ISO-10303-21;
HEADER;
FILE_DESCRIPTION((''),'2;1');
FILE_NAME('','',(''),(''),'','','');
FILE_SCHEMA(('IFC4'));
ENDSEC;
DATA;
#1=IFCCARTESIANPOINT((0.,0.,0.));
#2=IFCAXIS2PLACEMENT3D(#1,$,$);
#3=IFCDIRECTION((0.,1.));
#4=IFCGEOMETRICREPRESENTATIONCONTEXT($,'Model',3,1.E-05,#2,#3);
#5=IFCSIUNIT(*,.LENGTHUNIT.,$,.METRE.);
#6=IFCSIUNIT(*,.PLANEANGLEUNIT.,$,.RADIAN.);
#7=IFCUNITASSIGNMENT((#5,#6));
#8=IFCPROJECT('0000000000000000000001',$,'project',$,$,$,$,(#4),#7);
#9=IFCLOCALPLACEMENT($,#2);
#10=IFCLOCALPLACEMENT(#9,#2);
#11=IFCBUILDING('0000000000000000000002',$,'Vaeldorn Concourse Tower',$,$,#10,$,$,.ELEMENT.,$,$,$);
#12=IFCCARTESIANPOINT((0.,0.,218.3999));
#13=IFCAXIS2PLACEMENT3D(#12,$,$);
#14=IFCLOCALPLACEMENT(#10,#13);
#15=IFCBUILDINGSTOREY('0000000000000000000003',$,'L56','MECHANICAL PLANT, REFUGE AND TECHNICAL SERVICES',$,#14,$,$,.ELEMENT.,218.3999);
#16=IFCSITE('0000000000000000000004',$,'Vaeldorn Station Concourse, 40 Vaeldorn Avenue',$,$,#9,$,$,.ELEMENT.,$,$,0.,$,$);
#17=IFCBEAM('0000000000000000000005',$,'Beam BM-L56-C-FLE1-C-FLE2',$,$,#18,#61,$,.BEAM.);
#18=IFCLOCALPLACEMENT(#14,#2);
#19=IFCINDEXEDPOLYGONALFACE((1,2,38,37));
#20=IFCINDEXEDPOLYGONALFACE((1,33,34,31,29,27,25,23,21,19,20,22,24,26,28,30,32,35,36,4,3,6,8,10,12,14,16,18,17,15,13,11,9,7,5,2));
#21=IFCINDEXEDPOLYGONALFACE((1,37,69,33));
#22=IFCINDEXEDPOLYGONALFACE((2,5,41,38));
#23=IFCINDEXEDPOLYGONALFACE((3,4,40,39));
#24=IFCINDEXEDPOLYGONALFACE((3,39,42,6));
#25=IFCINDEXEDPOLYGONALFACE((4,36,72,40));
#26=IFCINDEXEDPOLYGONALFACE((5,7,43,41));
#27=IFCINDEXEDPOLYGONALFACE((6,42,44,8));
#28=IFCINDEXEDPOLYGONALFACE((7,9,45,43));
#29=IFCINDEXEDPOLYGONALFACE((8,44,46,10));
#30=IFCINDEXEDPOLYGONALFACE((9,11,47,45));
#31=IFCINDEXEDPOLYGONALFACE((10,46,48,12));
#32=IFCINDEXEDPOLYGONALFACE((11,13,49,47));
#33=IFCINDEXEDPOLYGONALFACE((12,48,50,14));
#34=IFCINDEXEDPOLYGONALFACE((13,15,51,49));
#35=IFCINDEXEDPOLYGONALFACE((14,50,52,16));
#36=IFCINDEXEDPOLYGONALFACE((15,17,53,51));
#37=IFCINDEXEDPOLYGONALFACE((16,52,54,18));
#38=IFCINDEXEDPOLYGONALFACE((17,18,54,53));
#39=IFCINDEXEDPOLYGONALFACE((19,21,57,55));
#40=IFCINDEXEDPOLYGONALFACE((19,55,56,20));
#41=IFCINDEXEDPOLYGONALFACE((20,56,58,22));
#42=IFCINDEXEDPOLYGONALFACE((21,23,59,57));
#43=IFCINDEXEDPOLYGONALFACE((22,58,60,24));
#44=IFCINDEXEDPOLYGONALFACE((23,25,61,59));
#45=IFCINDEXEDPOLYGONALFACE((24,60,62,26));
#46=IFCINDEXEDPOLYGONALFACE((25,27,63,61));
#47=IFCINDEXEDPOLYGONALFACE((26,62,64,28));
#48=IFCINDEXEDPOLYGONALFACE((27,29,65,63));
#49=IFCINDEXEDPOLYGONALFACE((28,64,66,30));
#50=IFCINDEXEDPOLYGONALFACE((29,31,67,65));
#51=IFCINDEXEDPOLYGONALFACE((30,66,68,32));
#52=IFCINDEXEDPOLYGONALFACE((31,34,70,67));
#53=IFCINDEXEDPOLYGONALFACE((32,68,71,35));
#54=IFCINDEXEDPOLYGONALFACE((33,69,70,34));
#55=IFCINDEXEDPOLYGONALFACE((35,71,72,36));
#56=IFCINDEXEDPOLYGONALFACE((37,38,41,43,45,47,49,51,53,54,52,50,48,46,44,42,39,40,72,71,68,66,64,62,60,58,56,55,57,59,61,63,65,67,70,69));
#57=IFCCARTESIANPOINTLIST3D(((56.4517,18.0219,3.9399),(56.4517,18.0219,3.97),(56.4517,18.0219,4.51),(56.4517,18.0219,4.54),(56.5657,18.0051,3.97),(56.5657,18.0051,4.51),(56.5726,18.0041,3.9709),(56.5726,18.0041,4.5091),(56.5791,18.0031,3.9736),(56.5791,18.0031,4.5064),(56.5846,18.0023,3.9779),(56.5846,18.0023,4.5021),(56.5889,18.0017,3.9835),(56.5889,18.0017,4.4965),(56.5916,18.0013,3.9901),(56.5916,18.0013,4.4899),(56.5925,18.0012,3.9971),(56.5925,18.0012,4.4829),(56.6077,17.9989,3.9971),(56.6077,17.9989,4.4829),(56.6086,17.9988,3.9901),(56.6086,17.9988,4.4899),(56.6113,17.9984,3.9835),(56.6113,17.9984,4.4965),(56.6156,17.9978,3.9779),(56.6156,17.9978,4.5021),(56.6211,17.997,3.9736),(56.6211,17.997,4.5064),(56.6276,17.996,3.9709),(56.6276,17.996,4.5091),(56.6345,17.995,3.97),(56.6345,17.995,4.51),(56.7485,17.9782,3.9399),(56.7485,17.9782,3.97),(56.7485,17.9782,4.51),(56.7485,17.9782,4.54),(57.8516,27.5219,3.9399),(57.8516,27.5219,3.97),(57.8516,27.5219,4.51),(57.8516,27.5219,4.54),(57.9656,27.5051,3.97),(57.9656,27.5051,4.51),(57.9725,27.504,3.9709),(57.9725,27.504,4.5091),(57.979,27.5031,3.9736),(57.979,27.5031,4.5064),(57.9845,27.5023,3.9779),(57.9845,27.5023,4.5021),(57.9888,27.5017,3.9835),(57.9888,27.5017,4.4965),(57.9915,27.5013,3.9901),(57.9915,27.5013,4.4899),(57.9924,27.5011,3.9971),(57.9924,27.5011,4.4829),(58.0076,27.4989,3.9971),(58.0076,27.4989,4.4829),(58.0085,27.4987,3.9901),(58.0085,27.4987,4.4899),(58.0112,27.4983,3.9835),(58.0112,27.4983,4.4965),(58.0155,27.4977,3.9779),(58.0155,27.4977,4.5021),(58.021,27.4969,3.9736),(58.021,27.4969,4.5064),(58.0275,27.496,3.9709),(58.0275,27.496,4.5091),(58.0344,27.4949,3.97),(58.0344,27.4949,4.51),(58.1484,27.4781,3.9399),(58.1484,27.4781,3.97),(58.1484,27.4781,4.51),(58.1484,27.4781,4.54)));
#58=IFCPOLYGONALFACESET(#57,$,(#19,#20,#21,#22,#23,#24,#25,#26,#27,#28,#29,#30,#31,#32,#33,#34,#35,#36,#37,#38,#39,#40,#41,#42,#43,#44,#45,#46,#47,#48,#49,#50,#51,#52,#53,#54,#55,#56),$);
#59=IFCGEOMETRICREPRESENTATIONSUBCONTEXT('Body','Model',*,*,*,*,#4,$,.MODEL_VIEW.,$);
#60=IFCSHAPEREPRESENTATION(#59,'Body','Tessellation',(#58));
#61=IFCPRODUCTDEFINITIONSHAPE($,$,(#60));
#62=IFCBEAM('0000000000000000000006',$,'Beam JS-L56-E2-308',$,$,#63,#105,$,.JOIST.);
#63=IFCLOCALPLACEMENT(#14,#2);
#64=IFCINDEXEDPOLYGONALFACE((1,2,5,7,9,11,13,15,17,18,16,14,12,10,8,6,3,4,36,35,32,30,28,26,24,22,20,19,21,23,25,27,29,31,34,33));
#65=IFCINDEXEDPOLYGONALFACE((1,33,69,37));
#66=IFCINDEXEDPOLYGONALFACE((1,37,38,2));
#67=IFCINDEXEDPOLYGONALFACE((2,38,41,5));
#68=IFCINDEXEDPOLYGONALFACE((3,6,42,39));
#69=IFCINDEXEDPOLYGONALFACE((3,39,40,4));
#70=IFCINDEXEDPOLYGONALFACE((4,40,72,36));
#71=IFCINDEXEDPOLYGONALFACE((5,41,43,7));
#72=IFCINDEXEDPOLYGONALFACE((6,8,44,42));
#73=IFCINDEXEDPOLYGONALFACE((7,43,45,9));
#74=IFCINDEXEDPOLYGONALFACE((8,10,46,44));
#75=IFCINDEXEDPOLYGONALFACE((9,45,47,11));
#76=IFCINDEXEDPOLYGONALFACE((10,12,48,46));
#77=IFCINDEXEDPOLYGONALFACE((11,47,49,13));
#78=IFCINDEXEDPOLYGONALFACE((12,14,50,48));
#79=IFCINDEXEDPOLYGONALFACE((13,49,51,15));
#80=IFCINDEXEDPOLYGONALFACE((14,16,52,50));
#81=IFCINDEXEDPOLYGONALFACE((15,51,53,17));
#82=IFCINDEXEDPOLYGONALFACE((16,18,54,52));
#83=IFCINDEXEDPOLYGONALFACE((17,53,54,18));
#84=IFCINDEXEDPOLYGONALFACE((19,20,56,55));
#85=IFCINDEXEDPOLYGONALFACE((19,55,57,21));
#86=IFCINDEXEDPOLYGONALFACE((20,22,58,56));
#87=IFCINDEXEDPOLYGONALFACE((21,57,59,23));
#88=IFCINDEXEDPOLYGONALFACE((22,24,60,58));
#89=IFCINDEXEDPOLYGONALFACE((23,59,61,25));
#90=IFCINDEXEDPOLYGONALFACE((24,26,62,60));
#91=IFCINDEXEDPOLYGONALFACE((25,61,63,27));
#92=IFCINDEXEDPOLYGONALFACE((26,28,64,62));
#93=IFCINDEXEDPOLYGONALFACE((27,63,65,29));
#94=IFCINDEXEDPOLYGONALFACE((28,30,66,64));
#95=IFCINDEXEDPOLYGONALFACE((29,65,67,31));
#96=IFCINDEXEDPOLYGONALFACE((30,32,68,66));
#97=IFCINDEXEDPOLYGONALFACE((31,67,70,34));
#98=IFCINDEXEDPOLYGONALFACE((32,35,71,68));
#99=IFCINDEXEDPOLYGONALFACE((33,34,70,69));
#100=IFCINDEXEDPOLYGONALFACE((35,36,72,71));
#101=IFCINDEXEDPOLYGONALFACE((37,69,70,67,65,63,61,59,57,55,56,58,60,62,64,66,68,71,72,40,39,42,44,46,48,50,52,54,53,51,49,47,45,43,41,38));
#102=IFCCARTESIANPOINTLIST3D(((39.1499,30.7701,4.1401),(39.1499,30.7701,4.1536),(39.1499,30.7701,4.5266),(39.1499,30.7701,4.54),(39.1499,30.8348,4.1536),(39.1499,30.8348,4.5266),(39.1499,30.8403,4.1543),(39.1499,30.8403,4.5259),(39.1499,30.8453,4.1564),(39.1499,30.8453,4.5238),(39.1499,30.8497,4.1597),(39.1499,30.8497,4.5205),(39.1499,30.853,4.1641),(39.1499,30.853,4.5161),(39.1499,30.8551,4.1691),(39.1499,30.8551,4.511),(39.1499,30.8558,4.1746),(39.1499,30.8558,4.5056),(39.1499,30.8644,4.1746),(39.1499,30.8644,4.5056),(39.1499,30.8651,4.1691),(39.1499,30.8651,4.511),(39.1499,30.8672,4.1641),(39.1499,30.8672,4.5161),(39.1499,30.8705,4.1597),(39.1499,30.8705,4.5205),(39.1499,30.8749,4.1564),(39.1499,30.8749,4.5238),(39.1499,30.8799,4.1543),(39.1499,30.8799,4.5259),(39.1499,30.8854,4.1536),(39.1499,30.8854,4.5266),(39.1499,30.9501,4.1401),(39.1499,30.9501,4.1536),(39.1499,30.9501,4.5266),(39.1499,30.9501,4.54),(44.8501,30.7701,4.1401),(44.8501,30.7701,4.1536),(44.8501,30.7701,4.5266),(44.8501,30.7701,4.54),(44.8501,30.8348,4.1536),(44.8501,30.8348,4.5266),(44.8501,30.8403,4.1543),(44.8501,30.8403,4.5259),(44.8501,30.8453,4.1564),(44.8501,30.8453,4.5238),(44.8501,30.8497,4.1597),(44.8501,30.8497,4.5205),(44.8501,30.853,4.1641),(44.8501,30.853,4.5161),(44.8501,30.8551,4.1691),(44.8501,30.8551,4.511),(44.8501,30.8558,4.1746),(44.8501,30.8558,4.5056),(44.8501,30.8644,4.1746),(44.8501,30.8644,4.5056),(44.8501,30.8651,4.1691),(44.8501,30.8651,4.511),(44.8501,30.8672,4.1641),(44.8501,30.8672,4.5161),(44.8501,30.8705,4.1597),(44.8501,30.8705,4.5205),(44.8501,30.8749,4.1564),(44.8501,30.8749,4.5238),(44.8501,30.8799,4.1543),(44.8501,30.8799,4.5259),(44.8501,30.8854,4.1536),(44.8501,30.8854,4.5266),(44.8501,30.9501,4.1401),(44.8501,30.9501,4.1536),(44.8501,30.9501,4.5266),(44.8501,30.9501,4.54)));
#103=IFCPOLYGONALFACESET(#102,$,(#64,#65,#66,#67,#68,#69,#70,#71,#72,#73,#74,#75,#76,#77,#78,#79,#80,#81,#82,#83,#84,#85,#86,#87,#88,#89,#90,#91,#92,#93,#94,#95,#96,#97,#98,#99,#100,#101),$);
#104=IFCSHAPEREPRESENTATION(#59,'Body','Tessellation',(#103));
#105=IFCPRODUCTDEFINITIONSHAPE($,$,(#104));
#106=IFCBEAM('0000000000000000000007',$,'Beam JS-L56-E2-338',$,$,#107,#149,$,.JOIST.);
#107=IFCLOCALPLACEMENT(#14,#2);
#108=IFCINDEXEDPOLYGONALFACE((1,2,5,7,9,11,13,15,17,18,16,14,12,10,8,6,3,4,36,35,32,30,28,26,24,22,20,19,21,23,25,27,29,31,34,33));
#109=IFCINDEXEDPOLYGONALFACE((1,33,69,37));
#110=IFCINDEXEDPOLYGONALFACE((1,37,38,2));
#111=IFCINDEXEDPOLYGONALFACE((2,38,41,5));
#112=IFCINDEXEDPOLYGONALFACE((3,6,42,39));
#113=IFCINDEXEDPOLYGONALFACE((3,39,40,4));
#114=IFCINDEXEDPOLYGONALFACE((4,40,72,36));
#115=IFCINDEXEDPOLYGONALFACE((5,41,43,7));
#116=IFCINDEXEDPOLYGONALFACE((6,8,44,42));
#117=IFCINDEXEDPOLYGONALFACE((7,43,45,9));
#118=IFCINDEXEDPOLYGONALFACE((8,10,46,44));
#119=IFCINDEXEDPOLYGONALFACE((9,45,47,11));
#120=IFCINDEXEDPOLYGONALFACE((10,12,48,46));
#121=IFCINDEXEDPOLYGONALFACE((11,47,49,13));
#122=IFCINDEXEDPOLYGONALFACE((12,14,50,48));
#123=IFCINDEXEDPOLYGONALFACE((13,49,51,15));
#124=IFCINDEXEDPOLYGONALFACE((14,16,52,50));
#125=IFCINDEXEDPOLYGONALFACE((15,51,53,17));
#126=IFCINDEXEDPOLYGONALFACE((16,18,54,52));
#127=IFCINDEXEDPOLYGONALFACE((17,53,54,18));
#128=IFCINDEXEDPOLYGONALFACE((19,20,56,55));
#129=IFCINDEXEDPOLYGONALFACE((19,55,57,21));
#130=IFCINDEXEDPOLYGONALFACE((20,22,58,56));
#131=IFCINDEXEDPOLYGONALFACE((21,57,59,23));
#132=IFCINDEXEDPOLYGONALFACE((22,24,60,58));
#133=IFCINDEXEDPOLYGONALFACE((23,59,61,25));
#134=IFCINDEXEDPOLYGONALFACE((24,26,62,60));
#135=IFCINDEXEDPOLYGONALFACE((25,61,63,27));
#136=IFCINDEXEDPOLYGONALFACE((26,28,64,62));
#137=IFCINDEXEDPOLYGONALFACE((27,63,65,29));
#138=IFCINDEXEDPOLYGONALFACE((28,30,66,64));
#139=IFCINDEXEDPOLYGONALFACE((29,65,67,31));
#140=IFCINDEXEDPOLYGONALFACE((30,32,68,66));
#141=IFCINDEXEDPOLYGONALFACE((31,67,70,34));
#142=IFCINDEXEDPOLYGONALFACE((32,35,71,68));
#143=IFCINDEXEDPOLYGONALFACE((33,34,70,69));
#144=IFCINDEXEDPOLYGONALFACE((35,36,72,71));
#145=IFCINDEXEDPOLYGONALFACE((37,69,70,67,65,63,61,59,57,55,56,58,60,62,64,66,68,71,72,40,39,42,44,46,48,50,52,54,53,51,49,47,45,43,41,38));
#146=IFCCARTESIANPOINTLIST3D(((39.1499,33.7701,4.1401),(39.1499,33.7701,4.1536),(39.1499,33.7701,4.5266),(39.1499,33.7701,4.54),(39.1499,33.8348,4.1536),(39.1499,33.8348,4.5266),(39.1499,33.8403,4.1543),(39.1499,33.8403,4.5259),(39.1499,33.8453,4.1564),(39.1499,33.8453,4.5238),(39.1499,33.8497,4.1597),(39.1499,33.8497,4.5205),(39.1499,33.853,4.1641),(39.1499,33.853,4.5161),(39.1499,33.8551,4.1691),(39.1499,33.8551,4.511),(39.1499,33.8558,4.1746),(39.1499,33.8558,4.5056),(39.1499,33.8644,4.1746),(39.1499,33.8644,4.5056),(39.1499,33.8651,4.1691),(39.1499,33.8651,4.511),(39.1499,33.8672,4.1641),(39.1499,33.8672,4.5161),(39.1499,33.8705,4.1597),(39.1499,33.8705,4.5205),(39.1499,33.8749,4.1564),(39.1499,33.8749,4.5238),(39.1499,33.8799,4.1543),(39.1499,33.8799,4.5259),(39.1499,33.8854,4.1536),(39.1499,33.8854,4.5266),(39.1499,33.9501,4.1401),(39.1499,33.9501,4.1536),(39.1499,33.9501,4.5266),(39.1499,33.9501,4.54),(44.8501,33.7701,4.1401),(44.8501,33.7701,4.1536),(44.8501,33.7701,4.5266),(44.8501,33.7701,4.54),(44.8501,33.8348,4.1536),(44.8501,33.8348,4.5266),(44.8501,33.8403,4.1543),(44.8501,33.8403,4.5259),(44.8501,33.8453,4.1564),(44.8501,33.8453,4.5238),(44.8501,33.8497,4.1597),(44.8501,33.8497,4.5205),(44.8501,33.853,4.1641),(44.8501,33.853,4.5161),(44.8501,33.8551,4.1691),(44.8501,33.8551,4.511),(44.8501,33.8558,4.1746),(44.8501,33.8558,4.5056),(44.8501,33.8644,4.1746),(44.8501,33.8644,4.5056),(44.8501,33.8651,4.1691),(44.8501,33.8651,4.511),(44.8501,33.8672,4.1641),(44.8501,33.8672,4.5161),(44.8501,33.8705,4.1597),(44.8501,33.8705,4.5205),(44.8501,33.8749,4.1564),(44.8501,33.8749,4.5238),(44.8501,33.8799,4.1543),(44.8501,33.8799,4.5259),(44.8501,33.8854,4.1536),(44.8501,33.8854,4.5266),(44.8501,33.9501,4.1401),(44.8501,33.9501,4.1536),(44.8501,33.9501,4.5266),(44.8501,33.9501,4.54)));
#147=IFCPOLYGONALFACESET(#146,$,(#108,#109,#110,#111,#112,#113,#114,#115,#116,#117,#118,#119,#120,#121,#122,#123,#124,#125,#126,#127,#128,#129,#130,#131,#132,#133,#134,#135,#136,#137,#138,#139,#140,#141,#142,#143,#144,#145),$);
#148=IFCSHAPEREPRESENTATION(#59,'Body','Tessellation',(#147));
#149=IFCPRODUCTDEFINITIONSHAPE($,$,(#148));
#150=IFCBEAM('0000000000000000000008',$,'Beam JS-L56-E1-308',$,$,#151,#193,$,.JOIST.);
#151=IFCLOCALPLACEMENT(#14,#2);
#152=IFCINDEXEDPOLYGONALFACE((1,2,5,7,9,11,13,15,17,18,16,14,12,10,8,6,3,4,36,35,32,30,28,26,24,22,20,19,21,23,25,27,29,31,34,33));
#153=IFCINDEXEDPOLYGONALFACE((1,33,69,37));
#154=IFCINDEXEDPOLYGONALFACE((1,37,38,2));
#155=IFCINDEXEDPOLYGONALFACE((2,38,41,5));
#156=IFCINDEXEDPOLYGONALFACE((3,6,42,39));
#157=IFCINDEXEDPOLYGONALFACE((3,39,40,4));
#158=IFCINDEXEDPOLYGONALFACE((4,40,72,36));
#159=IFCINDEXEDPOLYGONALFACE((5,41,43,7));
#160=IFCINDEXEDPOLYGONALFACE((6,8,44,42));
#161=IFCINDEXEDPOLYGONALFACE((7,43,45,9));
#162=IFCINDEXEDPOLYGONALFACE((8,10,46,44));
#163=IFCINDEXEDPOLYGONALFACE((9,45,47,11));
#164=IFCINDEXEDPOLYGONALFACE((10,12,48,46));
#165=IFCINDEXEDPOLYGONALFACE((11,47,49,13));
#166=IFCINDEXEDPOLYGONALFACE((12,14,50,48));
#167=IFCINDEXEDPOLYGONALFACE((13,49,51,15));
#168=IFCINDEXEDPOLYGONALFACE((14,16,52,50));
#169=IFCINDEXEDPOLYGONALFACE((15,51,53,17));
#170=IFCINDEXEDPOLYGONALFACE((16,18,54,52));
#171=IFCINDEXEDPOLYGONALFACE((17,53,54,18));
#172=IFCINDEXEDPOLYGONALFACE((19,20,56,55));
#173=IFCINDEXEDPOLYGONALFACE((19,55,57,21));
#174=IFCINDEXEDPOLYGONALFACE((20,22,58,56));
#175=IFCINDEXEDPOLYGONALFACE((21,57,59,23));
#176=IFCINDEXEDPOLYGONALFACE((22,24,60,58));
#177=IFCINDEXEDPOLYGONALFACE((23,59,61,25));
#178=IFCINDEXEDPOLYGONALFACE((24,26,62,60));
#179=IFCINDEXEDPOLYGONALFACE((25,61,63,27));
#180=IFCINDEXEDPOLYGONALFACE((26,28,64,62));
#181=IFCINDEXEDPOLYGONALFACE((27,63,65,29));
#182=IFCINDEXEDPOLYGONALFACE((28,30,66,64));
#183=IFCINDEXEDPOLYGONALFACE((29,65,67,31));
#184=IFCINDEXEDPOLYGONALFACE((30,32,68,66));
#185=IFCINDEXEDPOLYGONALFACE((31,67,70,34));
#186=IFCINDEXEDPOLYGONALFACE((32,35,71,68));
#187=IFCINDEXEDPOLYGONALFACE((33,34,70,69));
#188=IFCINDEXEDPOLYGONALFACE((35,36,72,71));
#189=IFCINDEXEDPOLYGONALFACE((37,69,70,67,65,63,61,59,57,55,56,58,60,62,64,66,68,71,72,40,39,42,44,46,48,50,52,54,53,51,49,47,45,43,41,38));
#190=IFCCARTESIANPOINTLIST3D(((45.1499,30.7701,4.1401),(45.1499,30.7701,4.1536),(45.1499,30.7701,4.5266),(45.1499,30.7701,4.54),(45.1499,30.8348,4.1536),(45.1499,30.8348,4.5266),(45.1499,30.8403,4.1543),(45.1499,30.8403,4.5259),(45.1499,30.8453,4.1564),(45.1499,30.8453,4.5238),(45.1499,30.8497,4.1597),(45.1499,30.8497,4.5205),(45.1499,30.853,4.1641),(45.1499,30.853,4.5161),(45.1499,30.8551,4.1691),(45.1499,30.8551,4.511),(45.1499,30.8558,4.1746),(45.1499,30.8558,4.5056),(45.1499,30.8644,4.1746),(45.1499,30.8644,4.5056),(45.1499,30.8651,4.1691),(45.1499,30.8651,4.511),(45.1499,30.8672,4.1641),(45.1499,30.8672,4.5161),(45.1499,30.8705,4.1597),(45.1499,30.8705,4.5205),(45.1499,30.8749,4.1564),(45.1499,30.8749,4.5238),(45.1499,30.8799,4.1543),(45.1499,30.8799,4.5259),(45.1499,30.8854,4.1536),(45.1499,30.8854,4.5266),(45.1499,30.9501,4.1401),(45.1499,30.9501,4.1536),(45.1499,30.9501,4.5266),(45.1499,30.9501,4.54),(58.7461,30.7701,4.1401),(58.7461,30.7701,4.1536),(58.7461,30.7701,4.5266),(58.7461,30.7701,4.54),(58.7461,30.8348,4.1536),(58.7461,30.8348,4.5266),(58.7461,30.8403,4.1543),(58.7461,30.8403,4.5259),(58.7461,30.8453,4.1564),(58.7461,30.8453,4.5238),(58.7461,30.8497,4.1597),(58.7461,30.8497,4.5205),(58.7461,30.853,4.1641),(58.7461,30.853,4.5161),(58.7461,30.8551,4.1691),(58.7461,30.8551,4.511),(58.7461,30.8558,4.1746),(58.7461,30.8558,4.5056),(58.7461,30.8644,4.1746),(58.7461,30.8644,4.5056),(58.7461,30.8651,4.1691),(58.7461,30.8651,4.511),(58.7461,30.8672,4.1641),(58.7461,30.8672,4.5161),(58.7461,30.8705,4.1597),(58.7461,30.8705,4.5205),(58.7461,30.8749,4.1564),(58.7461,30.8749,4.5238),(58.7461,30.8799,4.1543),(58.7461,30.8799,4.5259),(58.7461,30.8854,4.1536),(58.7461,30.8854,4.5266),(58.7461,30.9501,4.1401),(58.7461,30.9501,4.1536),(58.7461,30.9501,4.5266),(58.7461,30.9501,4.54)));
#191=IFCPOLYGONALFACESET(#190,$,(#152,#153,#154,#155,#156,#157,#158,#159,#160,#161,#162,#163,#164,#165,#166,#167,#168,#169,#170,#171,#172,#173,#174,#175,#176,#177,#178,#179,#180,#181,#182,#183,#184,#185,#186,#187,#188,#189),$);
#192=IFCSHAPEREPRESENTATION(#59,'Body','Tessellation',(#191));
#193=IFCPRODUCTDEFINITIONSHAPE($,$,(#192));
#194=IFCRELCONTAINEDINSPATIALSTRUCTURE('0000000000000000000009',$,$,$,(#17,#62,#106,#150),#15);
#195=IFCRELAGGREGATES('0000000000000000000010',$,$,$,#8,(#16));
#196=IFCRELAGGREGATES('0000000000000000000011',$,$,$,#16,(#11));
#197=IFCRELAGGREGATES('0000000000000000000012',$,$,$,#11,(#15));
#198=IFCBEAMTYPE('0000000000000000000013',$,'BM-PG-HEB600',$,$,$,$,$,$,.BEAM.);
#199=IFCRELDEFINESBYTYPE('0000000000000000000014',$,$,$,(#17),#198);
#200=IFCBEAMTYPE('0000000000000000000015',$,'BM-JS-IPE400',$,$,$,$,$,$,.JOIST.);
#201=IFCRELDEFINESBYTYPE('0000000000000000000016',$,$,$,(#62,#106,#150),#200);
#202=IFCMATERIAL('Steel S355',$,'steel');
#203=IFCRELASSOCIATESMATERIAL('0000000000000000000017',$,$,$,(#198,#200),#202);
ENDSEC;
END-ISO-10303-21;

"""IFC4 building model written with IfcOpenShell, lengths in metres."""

from ifc_helpers import new_model, si_unit, direction, frame, origin, origin_2d, place, context, subcontext, project, spatial, i_section, extrude, source, transform, mapped, material, material_profile, profile_set, type_object, element, save


model = new_model("IFC4")

# Units and contexts
model_context = context("Model", 3, precision=1e-05, world=origin(), true_north=direction((0.0, 1.0)))
body_context = subcontext(model_context, "Body", "Model", "MODEL_VIEW")
ifc_project = project(units=[si_unit("LENGTHUNIT", "METRE"), si_unit("PLANEANGLEUNIT", "RADIAN")], contexts=[model_context])

# Site, building, storey
site_placement = place(None, origin())
site = spatial("IfcSite", under=ifc_project, at=site_placement, Name="Vaeldorn Station Concourse, 40 Vaeldorn Avenue", CompositionType="ELEMENT", RefElevation=0.0)
building_placement = place(site_placement, origin())
building = spatial("IfcBuilding", under=site, at=building_placement, Name="Vaeldorn Concourse Tower", CompositionType="ELEMENT")
storey_placement = place(building_placement, frame((0.0, 0.0, 218.3999)))
storey = spatial("IfcBuildingStorey", under=building, at=storey_placement, Name="L56", Description="MECHANICAL PLANT, REFUGE AND TECHNICAL SERVICES", CompositionType="ELEMENT", Elevation=218.3999)

# Shared definitions
ifc_material_1 = material(Name="Steel S355", Category="steel")

# Beams
ifc_material_profile_1 = material_profile(ifc_material_1, i_section(OverallWidth=0.3, OverallDepth=0.6001, WebThickness=0.0154, FlangeThickness=0.03, FilletRadius=0.0271, at=origin_2d()), Name="HEB 600")
ifc_profile_set_1 = profile_set([ifc_material_profile_1], Name="Steel S355")
beam_type_1 = type_object("IfcBeamType", Name="BM-PG-HEB600", PredefinedType="BEAM", material=ifc_profile_set_1)
shared_shape_1 = source(origin(), body_context, "Body", "SweptSolid", [
    extrude(i_section(OverallWidth=0.3, OverallDepth=0.6001, WebThickness=0.0154, FlangeThickness=0.03, FilletRadius=0.0271, at=origin_2d()), origin(), (0.0, 0.0, 1.0), 9.6025),
])
beam_1_placement = place(storey_placement, frame((58.0, 27.5, 4.24), z_axis=(-0.145784, -0.989316, 0.0), x_axis=(0.989316, -0.145784, 0.0)))
element("IfcBeam", 1, at=beam_1_placement, inside=storey, type_object=beam_type_1, Name="Beam BM-L56-C-FLE1-C-FLE2", PredefinedType="BEAM", context=body_context, shape_type="MappedRepresentation", body=[
    mapped(shared_shape_1, transform((0.0, 0.0, 0.0), scale=1.0)),
])
ifc_material_profile_2 = material_profile(ifc_material_1, i_section(OverallWidth=0.1799, OverallDepth=0.3999, WebThickness=0.0085, FlangeThickness=0.0134, FilletRadius=0.021, at=origin_2d()), Name="IPE 400")
ifc_profile_set_2 = profile_set([ifc_material_profile_2], Name="Steel S355")
beam_type_2 = type_object("IfcBeamType", Name="BM-JS-IPE400", PredefinedType="JOIST", material=ifc_profile_set_2)
shared_shape_2 = source(origin(), body_context, "Body", "SweptSolid", [
    extrude(i_section(OverallWidth=0.1799, OverallDepth=0.3999, WebThickness=0.0085, FlangeThickness=0.0134, FilletRadius=0.021, at=origin_2d()), origin(), (0.0, 0.0, 1.0), 5.7002),
])
for number, where, z_axis, x_axis, name in (
    (2, (39.1499, 30.8601, 4.3401), (1.0, 0.0, 0.0), (0.0, 1.0, 0.0), "Beam JS-L56-E2-308"),
    (3, (39.1499, 33.8601, 4.3401), (1.0, 0.0, 0.0), (0.0, 1.0, 0.0), "Beam JS-L56-E2-338"),
):
    element("IfcBeam", number, at=place(storey_placement, frame(where, z_axis=z_axis, x_axis=x_axis)), inside=storey, type_object=beam_type_2, Name=name, PredefinedType="JOIST", context=body_context, shape_type="MappedRepresentation", body=[
        mapped(shared_shape_2, transform((0.0, 0.0, 0.0), scale=1.0)),
    ])
shared_shape_3 = source(origin(), body_context, "Body", "SweptSolid", [
    extrude(i_section(OverallWidth=0.1799, OverallDepth=0.3999, WebThickness=0.0085, FlangeThickness=0.0134, FilletRadius=0.021, at=origin_2d()), origin(), (0.0, 0.0, 1.0), 13.5962),
])
beam_2_placement = place(storey_placement, frame((45.1499, 30.8601, 4.3401), z_axis=(1.0, 0.0, 0.0), x_axis=(0.0, 1.0, 0.0)))
element("IfcBeam", 4, at=beam_2_placement, inside=storey, type_object=beam_type_2, Name="Beam JS-L56-E1-308", PredefinedType="JOIST", context=body_context, shape_type="MappedRepresentation", body=[
    mapped(shared_shape_3, transform((0.0, 0.0, 0.0), scale=1.0)),
])

save(model, "model.ifc")
